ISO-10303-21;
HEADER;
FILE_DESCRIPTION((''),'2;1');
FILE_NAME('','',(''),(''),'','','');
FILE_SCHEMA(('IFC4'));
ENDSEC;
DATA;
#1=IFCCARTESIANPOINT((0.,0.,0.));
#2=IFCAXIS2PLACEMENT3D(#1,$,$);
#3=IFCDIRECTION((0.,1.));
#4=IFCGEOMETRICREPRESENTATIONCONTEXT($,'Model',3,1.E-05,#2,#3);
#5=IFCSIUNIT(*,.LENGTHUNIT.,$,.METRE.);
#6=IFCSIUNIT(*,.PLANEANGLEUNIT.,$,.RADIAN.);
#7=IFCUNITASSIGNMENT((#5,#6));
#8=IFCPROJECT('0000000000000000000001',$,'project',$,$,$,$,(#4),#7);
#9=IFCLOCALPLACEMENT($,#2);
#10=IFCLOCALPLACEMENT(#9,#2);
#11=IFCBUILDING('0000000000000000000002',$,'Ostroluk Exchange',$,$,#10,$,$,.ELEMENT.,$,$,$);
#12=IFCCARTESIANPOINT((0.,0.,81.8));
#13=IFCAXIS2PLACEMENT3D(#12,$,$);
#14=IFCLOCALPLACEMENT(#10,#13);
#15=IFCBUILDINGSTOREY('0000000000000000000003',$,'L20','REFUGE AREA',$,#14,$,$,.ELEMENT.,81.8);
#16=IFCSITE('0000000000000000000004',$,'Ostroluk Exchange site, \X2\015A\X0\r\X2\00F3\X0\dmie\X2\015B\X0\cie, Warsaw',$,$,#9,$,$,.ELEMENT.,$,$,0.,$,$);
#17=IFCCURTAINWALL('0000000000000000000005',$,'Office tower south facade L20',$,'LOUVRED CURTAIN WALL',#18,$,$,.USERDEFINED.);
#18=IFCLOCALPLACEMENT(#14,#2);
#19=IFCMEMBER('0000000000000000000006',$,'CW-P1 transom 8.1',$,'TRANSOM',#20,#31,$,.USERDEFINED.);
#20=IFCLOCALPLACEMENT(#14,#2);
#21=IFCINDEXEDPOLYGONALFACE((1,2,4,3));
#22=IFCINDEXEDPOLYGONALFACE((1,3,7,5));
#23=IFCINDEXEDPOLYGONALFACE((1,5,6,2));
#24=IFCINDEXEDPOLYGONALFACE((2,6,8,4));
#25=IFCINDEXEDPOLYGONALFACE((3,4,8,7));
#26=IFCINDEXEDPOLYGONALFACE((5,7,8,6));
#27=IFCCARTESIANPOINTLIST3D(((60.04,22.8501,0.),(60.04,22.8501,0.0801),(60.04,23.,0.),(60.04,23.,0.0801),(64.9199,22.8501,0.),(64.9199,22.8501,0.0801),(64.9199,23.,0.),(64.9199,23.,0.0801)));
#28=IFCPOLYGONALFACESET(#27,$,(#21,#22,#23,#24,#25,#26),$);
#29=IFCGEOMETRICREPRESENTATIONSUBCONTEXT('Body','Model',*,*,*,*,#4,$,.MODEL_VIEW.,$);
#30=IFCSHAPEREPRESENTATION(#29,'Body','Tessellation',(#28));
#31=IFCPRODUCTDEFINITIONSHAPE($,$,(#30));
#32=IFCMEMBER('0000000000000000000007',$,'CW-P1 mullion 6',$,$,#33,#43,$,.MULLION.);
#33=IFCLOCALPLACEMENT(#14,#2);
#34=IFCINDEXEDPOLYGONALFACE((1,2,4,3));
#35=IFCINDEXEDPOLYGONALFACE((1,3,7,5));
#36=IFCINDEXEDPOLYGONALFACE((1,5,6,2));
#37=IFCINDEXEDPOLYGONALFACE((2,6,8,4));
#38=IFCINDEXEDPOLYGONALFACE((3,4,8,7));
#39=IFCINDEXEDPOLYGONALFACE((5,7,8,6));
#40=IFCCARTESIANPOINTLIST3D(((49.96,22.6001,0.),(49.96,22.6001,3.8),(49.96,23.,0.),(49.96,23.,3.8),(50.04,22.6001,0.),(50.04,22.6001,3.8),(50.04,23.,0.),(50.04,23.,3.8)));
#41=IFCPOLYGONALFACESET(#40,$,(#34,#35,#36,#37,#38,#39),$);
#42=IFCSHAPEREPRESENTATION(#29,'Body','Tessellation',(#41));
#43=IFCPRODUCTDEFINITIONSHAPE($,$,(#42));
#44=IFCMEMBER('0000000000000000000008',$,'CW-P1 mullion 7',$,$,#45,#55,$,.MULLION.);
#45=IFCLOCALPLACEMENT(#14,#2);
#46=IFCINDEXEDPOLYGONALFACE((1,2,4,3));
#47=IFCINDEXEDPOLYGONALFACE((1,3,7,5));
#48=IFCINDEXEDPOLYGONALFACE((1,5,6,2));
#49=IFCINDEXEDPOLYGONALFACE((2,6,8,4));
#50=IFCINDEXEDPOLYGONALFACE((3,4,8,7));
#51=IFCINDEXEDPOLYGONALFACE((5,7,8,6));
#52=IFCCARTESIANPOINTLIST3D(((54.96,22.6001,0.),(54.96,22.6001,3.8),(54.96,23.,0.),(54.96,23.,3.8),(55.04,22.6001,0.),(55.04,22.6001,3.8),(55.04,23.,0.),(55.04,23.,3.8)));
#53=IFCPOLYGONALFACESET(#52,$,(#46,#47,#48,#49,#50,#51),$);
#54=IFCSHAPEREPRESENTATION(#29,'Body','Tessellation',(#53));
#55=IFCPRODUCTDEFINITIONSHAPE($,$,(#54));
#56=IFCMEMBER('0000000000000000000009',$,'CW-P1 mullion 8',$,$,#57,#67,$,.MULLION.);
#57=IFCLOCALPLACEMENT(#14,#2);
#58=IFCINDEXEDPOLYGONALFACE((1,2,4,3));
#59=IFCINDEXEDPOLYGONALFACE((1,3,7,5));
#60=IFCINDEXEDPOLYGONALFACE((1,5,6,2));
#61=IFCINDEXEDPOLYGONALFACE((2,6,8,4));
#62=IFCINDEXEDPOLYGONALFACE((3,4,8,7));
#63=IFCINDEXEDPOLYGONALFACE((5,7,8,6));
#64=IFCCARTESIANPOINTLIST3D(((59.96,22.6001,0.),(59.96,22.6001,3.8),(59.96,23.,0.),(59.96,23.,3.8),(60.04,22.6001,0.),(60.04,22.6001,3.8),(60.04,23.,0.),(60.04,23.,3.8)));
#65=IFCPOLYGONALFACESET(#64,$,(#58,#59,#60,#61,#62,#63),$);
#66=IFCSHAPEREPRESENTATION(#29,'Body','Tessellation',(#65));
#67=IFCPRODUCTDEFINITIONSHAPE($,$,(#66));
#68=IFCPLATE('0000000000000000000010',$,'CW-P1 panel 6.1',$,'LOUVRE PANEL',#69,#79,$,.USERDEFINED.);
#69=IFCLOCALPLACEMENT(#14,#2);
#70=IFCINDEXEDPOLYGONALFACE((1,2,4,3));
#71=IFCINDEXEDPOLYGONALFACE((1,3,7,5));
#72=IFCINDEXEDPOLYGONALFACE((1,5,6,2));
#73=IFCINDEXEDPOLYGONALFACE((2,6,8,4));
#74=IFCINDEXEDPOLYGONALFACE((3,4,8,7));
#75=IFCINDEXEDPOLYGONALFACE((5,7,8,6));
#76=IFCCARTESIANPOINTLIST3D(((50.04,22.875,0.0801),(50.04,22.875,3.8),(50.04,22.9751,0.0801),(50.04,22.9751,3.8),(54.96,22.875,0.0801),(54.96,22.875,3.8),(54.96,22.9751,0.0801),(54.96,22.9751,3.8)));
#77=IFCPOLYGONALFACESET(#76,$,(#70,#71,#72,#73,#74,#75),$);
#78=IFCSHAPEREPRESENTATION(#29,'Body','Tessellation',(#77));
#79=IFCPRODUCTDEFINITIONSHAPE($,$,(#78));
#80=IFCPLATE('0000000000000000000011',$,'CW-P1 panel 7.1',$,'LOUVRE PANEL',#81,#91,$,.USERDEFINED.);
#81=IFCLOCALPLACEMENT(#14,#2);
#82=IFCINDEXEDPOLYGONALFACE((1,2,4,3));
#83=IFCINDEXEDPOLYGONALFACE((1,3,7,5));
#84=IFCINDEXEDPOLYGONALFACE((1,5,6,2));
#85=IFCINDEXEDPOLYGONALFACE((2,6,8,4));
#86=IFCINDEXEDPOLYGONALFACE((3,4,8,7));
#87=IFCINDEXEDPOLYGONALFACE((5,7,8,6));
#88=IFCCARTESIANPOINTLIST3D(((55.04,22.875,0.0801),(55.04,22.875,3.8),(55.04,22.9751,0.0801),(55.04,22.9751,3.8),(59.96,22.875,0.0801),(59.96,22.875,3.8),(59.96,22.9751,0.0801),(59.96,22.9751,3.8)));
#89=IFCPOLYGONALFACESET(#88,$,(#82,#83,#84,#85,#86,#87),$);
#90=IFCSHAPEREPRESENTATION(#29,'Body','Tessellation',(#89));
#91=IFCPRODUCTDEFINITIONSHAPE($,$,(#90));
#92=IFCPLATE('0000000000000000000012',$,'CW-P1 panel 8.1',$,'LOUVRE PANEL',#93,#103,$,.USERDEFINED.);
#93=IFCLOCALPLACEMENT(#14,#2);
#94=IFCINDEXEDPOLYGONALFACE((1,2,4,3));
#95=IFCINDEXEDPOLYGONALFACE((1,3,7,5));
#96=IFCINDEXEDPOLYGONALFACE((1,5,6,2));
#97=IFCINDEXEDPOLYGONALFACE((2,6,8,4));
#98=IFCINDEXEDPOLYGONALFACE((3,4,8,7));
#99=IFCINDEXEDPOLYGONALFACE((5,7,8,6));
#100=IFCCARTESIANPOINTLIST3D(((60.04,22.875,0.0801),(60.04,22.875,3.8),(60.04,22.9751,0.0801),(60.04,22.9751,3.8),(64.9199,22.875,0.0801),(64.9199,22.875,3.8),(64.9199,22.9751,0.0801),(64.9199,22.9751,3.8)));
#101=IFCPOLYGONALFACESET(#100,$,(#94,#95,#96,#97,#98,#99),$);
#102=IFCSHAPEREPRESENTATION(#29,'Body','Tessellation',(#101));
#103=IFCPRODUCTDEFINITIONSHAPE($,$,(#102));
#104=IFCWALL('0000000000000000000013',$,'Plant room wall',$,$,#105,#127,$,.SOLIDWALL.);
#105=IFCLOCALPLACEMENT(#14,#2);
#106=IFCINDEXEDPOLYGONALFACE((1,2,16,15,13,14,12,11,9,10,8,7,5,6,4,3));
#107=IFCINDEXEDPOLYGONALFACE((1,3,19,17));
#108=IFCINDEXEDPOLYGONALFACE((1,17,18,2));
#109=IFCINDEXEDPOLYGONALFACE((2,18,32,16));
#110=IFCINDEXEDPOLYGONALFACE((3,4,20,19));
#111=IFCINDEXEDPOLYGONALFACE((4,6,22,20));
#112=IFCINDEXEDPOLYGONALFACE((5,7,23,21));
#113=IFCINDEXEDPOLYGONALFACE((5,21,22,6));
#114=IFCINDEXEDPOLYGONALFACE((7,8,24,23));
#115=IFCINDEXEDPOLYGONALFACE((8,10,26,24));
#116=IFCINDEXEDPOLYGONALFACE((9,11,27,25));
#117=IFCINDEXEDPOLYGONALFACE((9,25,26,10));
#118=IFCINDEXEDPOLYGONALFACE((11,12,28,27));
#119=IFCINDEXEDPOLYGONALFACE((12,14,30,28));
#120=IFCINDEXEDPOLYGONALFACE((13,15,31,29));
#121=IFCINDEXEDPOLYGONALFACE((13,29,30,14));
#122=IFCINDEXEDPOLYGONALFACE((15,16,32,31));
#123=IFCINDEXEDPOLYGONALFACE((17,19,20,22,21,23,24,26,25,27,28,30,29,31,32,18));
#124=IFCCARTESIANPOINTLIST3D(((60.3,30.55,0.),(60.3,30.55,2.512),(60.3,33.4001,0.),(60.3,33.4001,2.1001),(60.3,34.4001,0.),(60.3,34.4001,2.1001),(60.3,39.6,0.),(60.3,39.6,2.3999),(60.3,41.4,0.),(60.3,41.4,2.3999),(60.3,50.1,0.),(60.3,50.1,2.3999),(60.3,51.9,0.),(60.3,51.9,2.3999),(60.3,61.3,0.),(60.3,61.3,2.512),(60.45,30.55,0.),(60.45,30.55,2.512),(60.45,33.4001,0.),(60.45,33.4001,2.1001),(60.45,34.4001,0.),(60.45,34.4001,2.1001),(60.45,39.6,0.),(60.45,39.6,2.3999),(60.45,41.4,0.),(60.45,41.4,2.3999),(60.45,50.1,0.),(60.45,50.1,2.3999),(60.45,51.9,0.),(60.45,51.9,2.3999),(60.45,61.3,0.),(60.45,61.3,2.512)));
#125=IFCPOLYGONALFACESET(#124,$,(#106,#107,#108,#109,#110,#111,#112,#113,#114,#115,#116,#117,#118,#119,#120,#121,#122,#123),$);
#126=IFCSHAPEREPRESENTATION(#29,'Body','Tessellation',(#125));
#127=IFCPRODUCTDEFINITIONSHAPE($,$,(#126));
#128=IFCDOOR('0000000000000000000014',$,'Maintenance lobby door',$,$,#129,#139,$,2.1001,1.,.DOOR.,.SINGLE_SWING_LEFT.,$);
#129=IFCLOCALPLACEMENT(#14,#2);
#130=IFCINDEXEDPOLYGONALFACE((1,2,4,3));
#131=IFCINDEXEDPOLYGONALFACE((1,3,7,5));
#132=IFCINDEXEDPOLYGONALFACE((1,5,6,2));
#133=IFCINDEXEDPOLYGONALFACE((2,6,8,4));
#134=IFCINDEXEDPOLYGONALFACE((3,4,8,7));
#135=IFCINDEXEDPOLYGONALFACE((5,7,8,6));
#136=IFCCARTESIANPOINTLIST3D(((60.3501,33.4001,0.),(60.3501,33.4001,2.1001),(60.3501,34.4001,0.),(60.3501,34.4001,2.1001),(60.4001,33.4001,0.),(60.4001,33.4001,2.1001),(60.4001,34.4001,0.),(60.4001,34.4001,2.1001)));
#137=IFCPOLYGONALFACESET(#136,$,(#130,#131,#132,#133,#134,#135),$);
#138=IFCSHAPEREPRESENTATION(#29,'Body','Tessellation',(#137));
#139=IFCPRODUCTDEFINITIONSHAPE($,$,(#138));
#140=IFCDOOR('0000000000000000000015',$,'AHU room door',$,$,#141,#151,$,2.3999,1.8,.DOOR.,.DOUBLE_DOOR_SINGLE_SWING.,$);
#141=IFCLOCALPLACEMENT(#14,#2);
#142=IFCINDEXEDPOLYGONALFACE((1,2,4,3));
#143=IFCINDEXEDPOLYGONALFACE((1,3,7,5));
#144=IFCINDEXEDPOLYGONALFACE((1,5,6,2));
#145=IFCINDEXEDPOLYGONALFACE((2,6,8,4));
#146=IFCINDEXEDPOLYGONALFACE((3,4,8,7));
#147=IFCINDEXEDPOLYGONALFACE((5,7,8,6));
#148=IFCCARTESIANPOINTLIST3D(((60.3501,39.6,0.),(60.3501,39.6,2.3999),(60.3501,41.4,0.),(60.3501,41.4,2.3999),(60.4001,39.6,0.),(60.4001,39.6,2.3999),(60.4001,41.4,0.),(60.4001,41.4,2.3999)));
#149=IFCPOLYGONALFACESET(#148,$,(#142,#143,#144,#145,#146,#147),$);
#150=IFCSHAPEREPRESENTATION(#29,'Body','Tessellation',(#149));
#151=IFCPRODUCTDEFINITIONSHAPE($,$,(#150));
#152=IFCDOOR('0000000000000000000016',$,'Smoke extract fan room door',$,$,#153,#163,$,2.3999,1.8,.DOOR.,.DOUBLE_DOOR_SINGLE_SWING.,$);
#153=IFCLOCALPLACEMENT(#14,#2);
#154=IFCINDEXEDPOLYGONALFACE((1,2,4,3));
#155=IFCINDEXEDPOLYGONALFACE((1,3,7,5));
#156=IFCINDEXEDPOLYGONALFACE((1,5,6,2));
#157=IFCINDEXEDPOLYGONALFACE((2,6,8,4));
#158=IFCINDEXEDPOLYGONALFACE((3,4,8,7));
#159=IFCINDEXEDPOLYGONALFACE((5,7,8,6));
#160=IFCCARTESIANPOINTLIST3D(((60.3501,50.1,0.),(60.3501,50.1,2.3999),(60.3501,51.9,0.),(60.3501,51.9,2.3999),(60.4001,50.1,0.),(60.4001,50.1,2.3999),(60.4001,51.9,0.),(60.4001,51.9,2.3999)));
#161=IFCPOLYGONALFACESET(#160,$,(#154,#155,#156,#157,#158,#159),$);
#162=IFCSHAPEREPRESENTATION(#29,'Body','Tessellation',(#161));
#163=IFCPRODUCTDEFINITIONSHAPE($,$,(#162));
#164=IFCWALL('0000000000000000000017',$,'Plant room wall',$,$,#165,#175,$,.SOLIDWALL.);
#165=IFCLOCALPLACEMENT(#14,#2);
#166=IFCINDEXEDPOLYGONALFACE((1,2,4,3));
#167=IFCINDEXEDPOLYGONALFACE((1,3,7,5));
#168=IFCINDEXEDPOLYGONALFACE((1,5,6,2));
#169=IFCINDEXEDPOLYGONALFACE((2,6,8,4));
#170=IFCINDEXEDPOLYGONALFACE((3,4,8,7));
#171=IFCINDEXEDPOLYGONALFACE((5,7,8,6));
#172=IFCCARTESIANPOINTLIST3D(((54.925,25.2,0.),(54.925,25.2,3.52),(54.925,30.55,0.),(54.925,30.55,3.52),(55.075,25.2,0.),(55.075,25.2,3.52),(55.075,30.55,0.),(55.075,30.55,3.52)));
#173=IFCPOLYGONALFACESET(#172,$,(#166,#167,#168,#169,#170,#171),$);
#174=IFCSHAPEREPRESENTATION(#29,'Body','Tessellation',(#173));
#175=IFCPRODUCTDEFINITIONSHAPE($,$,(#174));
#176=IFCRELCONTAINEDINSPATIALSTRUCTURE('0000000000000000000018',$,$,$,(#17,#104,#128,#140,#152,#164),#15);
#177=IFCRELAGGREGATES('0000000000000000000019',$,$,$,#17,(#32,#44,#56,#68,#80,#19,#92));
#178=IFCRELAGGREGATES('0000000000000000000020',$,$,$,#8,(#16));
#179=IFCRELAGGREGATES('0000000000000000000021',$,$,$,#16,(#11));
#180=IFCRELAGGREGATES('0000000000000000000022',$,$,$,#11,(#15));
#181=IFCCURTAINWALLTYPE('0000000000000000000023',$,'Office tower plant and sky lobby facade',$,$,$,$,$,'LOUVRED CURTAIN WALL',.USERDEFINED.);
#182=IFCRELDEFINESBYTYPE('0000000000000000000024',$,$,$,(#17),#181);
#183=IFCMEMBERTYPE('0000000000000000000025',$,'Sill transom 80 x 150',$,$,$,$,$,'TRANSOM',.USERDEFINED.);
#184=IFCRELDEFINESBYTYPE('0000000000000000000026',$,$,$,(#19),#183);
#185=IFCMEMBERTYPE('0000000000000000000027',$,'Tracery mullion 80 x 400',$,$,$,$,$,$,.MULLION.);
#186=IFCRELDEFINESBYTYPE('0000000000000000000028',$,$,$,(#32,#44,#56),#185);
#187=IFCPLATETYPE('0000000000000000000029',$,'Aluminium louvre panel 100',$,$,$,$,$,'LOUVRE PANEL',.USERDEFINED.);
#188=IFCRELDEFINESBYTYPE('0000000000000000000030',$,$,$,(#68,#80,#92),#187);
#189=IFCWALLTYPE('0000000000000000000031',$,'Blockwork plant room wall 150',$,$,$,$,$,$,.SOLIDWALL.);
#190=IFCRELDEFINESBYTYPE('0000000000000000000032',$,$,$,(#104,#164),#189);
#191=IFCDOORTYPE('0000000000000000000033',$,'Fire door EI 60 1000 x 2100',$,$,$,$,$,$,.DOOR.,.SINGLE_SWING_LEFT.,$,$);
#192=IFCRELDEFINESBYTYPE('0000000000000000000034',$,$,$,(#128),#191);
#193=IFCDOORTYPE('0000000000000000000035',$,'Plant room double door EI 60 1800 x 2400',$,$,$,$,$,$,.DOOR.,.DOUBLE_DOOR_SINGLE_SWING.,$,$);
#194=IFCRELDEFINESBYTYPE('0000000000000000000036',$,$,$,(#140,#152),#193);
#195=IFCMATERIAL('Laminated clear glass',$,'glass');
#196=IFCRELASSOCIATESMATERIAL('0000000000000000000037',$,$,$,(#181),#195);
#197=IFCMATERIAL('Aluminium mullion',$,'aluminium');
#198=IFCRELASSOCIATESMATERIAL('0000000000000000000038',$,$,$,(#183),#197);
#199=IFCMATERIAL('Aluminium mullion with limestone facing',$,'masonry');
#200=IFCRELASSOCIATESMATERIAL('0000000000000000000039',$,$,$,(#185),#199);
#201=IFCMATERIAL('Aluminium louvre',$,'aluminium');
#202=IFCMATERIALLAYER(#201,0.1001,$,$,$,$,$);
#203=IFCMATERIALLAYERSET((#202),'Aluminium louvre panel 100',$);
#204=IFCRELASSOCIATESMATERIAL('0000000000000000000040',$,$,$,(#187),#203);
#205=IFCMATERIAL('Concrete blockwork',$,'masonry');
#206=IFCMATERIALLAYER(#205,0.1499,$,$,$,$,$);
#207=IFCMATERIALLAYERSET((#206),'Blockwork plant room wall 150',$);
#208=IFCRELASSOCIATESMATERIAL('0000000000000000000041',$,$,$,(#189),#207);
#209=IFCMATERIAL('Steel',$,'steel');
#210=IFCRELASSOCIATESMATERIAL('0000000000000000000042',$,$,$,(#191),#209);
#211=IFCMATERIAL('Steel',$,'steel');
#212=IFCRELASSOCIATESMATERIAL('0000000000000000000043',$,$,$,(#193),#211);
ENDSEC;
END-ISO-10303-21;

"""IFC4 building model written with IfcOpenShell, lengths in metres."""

from ifc_helpers import new_model, si_unit, direction, frame, frame_2d, origin, origin_2d, place, context, subcontext, project, spatial, rectangle, extrude, material, layer, layer_set, material_profile, profile_set, type_object, element, fill, aggregate, save


model = new_model("IFC4")

# Units and contexts
model_context = context("Model", 3, precision=1e-05, world=origin(), true_north=direction((0.0, 1.0)))
body_context = subcontext(model_context, "Body", "Model", "MODEL_VIEW")
ifc_project = project(units=[si_unit("LENGTHUNIT", "METRE"), si_unit("PLANEANGLEUNIT", "RADIAN")], contexts=[model_context])

# Site, building, storey
site_placement = place(None, origin())
site = spatial("IfcSite", under=ifc_project, at=site_placement, Name="Ostroluk Exchange site, Śródmieście, Warsaw", CompositionType="ELEMENT", RefElevation=0.0)
building_placement = place(site_placement, origin())
building = spatial("IfcBuilding", under=site, at=building_placement, Name="Ostroluk Exchange", CompositionType="ELEMENT")
storey_placement = place(building_placement, frame((0.0, 0.0, 81.8)))
storey = spatial("IfcBuildingStorey", under=building, at=storey_placement, Name="L20", Description="REFUGE AREA", CompositionType="ELEMENT", Elevation=81.8)

# Curtain wall, members, plates
ifc_material_1 = material(Name="Laminated clear glass", Category="glass")
curtain_wall_type = type_object("IfcCurtainWallType", Name="Office tower plant and sky lobby facade", ElementType="LOUVRED CURTAIN WALL", PredefinedType="USERDEFINED", material=ifc_material_1)
curtain_wall_placement = place(storey_placement, origin())
curtain_wall = element("IfcCurtainWall", 1, at=curtain_wall_placement, inside=storey, type_object=curtain_wall_type, Name="Office tower south facade L20", ObjectType="LOUVRED CURTAIN WALL", PredefinedType="USERDEFINED")
ifc_material_2 = material(Name="Aluminium mullion", Category="aluminium")
ifc_material_profile_1 = material_profile(ifc_material_2, rectangle(XDim=0.1499, YDim=0.0801, at=origin_2d()), Name="Sill transom 80 x 150")
ifc_profile_set_1 = profile_set([ifc_material_profile_1], Name="Aluminium mullion")
member_type_1 = type_object("IfcMemberType", Name="Sill transom 80 x 150", ElementType="TRANSOM", PredefinedType="USERDEFINED", material=ifc_profile_set_1)
member_1_placement = place(storey_placement, frame((60.04, 22.925, 0.04), z_axis=(1.0, 0.0, 0.0), x_axis=(0.0, 1.0, 0.0)))
member_1 = element("IfcMember", 2, at=member_1_placement, type_object=member_type_1, Name="CW-P1 transom 8.1", ObjectType="TRANSOM", PredefinedType="USERDEFINED", context=body_context, shape_type="SweptSolid", body=[
    extrude(rectangle(XDim=0.1499, YDim=0.0801, at=origin_2d()), origin(), (0.0, 0.0, 1.0), 4.8799),
])
ifc_material_3 = material(Name="Aluminium mullion with limestone facing", Category="masonry")
ifc_material_profile_2 = material_profile(ifc_material_3, rectangle(XDim=0.3999, YDim=0.0801, at=origin_2d()), Name="Tracery mullion 80 x 400")
ifc_profile_set_2 = profile_set([ifc_material_profile_2], Name="Aluminium mullion with limestone facing")
member_type_2 = type_object("IfcMemberType", Name="Tracery mullion 80 x 400", PredefinedType="MULLION", material=ifc_profile_set_2)
member_2_placement = place(storey_placement, frame((50.0, 22.8, 0.0), z_axis=(0.0, 0.0, 1.0), x_axis=(0.0, 1.0, 0.0)))
member_2 = element("IfcMember", 3, at=member_2_placement, type_object=member_type_2, Name="CW-P1 mullion 6", PredefinedType="MULLION", context=body_context, shape_type="SweptSolid", body=[
    extrude(rectangle(XDim=0.3999, YDim=0.0801, at=origin_2d()), origin(), (0.0, 0.0, 1.0), 3.8),
])
member_3_placement = place(storey_placement, frame((55.0, 22.8, 0.0), z_axis=(0.0, 0.0, 1.0), x_axis=(0.0, 1.0, 0.0)))
member_3 = element("IfcMember", 4, at=member_3_placement, type_object=member_type_2, Name="CW-P1 mullion 7", PredefinedType="MULLION", context=body_context, shape_type="SweptSolid", body=[
    extrude(rectangle(XDim=0.3999, YDim=0.0801, at=origin_2d()), origin(), (0.0, 0.0, 1.0), 3.8),
])
member_4_placement = place(storey_placement, frame((60.0, 22.8, 0.0), z_axis=(0.0, 0.0, 1.0), x_axis=(0.0, 1.0, 0.0)))
member_4 = element("IfcMember", 5, at=member_4_placement, type_object=member_type_2, Name="CW-P1 mullion 8", PredefinedType="MULLION", context=body_context, shape_type="SweptSolid", body=[
    extrude(rectangle(XDim=0.3999, YDim=0.0801, at=origin_2d()), origin(), (0.0, 0.0, 1.0), 3.8),
])
ifc_material_4 = material(Name="Aluminium louvre", Category="aluminium")
ifc_layer_1 = layer(ifc_material_4, 0.1001)
ifc_layer_set_1 = layer_set([ifc_layer_1], Name="Aluminium louvre panel 100")
plate_type = type_object("IfcPlateType", Name="Aluminium louvre panel 100", ElementType="LOUVRE PANEL", PredefinedType="USERDEFINED", material=ifc_layer_set_1)
plate_1_placement = place(storey_placement, frame((52.5, 22.925, 0.0801), z_axis=(0.0, 0.0, 1.0), x_axis=(1.0, 0.0, 0.0)))
plate_1 = element("IfcPlate", 6, at=plate_1_placement, type_object=plate_type, Name="CW-P1 panel 6.1", ObjectType="LOUVRE PANEL", PredefinedType="USERDEFINED", context=body_context, shape_type="SweptSolid", body=[
    extrude(rectangle(XDim=4.9199, YDim=0.1001, at=origin_2d()), origin(), (0.0, 0.0, 1.0), 3.72),
])
plate_2_placement = place(storey_placement, frame((57.5, 22.925, 0.0801), z_axis=(0.0, 0.0, 1.0), x_axis=(1.0, 0.0, 0.0)))
plate_2 = element("IfcPlate", 7, at=plate_2_placement, type_object=plate_type, Name="CW-P1 panel 7.1", ObjectType="LOUVRE PANEL", PredefinedType="USERDEFINED", context=body_context, shape_type="SweptSolid", body=[
    extrude(rectangle(XDim=4.9199, YDim=0.1001, at=origin_2d()), origin(), (0.0, 0.0, 1.0), 3.72),
])
plate_3_placement = place(storey_placement, frame((62.48, 22.925, 0.0801), z_axis=(0.0, 0.0, 1.0), x_axis=(1.0, 0.0, 0.0)))
plate_3 = element("IfcPlate", 8, at=plate_3_placement, type_object=plate_type, Name="CW-P1 panel 8.1", ObjectType="LOUVRE PANEL", PredefinedType="USERDEFINED", context=body_context, shape_type="SweptSolid", body=[
    extrude(rectangle(XDim=4.8799, YDim=0.1001, at=origin_2d()), origin(), (0.0, 0.0, 1.0), 3.72),
])
aggregate(curtain_wall, [member_2, member_3, member_4, plate_1, plate_2, member_1, plate_3])

# Wall, openings, doors
ifc_material_5 = material(Name="Concrete blockwork", Category="masonry")
ifc_layer_2 = layer(ifc_material_5, 0.1499)
ifc_layer_set_2 = layer_set([ifc_layer_2], Name="Blockwork plant room wall 150")
wall_type_1 = type_object("IfcWallType", Name="Blockwork plant room wall 150", PredefinedType="SOLIDWALL", material=ifc_layer_set_2)
wall_1_placement = place(storey_placement, frame((60.375, 30.55, 0.0), z_axis=(0.0, 0.0, 1.0), x_axis=(0.0, 1.0, 0.0)))
wall_1 = element("IfcWall", 9, at=wall_1_placement, inside=storey, type_object=wall_type_1, Name="Plant room wall", PredefinedType="SOLIDWALL", context=body_context, shape_type="SweptSolid", body=[
    extrude(rectangle(XDim=30.75, YDim=0.1499, at=frame_2d((15.375, 0.0))), origin(), (0.0, 0.0, 1.0), 2.512),
])
opening_1_placement = place(wall_1_placement, frame((2.8501, 0.0, 0.0)))
opening_1 = element("IfcOpeningElement", 10, at=opening_1_placement, cuts=wall_1, PredefinedType="OPENING", context=body_context, shape_type="SweptSolid", body=[
    extrude(rectangle(XDim=1.0, YDim=2.1001, at=frame_2d((0.5, 1.05))), frame((0.0, 0.085, 0.0), z_axis=(0.0, -1.0, 0.0), x_axis=(1.0, 0.0, 0.0)), (0.0, 0.0, 1.0), 0.1699),
])
opening_2_placement = place(wall_1_placement, frame((9.05, 0.0, 0.0)))
opening_2 = element("IfcOpeningElement", 11, at=opening_2_placement, cuts=wall_1, PredefinedType="OPENING", context=body_context, shape_type="SweptSolid", body=[
    extrude(rectangle(XDim=1.8, YDim=2.3999, at=frame_2d((0.8999, 1.2))), frame((0.0, 0.085, 0.0), z_axis=(0.0, -1.0, 0.0), x_axis=(1.0, 0.0, 0.0)), (0.0, 0.0, 1.0), 0.1699),
])
opening_3_placement = place(wall_1_placement, frame((19.55, 0.0, 0.0)))
opening_3 = element("IfcOpeningElement", 12, at=opening_3_placement, cuts=wall_1, PredefinedType="OPENING", context=body_context, shape_type="SweptSolid", body=[
    extrude(rectangle(XDim=1.8, YDim=2.3999, at=frame_2d((0.8999, 1.2))), frame((0.0, 0.085, 0.0), z_axis=(0.0, -1.0, 0.0), x_axis=(1.0, 0.0, 0.0)), (0.0, 0.0, 1.0), 0.1699),
])
ifc_material_6 = material(Name="Steel", Category="steel")
door_type_1 = type_object("IfcDoorType", Name="Fire door EI 60 1000 x 2100", OperationType="SINGLE_SWING_LEFT", PredefinedType="DOOR", material=ifc_material_6)
door_1_placement = place(opening_1_placement, origin())
door_1 = element("IfcDoor", 13, at=door_1_placement, inside=storey, type_object=door_type_1, Name="Maintenance lobby door", OperationType="SINGLE_SWING_LEFT", OverallHeight=2.1001, OverallWidth=1.0, PredefinedType="DOOR", context=body_context, shape_type="SweptSolid", body=[
    extrude(rectangle(XDim=1.0, YDim=2.1001, at=frame_2d((0.5, 1.05))), frame((0.0, 0.0249, 0.0), z_axis=(0.0, -1.0, 0.0), x_axis=(1.0, 0.0, 0.0)), (0.0, 0.0, 1.0), 0.05),
])
fill(opening_1, door_1)
ifc_material_7 = material(Name="Steel", Category="steel")
door_type_2 = type_object("IfcDoorType", Name="Plant room double door EI 60 1800 x 2400", OperationType="DOUBLE_DOOR_SINGLE_SWING", PredefinedType="DOOR", material=ifc_material_7)
door_2_placement = place(opening_2_placement, origin())
door_2 = element("IfcDoor", 14, at=door_2_placement, inside=storey, type_object=door_type_2, Name="AHU room door", OperationType="DOUBLE_DOOR_SINGLE_SWING", OverallHeight=2.3999, OverallWidth=1.8, PredefinedType="DOOR", context=body_context, shape_type="SweptSolid", body=[
    extrude(rectangle(XDim=1.8, YDim=2.3999, at=frame_2d((0.8999, 1.2))), frame((0.0, 0.0249, 0.0), z_axis=(0.0, -1.0, 0.0), x_axis=(1.0, 0.0, 0.0)), (0.0, 0.0, 1.0), 0.05),
])
fill(opening_2, door_2)
door_3_placement = place(opening_3_placement, origin())
door_3 = element("IfcDoor", 15, at=door_3_placement, inside=storey, type_object=door_type_2, Name="Smoke extract fan room door", OperationType="DOUBLE_DOOR_SINGLE_SWING", OverallHeight=2.3999, OverallWidth=1.8, PredefinedType="DOOR", context=body_context, shape_type="SweptSolid", body=[
    extrude(rectangle(XDim=1.8, YDim=2.3999, at=frame_2d((0.8999, 1.2))), frame((0.0, 0.0249, 0.0), z_axis=(0.0, -1.0, 0.0), x_axis=(1.0, 0.0, 0.0)), (0.0, 0.0, 1.0), 0.05),
])
fill(opening_3, door_3)

# Wall
wall_2_placement = place(storey_placement, frame((55.0, 30.55, 0.0), z_axis=(0.0, 0.0, 1.0), x_axis=(0.0, -1.0, 0.0)))
element("IfcWall", 16, at=wall_2_placement, inside=storey, type_object=wall_type_1, Name="Plant room wall", PredefinedType="SOLIDWALL", context=body_context, shape_type="SweptSolid", body=[
    extrude(rectangle(XDim=5.3501, YDim=0.1499, at=frame_2d((2.675, 0.0))), origin(), (0.0, 0.0, 1.0), 3.52),
])

save(model, "model.ifc")
